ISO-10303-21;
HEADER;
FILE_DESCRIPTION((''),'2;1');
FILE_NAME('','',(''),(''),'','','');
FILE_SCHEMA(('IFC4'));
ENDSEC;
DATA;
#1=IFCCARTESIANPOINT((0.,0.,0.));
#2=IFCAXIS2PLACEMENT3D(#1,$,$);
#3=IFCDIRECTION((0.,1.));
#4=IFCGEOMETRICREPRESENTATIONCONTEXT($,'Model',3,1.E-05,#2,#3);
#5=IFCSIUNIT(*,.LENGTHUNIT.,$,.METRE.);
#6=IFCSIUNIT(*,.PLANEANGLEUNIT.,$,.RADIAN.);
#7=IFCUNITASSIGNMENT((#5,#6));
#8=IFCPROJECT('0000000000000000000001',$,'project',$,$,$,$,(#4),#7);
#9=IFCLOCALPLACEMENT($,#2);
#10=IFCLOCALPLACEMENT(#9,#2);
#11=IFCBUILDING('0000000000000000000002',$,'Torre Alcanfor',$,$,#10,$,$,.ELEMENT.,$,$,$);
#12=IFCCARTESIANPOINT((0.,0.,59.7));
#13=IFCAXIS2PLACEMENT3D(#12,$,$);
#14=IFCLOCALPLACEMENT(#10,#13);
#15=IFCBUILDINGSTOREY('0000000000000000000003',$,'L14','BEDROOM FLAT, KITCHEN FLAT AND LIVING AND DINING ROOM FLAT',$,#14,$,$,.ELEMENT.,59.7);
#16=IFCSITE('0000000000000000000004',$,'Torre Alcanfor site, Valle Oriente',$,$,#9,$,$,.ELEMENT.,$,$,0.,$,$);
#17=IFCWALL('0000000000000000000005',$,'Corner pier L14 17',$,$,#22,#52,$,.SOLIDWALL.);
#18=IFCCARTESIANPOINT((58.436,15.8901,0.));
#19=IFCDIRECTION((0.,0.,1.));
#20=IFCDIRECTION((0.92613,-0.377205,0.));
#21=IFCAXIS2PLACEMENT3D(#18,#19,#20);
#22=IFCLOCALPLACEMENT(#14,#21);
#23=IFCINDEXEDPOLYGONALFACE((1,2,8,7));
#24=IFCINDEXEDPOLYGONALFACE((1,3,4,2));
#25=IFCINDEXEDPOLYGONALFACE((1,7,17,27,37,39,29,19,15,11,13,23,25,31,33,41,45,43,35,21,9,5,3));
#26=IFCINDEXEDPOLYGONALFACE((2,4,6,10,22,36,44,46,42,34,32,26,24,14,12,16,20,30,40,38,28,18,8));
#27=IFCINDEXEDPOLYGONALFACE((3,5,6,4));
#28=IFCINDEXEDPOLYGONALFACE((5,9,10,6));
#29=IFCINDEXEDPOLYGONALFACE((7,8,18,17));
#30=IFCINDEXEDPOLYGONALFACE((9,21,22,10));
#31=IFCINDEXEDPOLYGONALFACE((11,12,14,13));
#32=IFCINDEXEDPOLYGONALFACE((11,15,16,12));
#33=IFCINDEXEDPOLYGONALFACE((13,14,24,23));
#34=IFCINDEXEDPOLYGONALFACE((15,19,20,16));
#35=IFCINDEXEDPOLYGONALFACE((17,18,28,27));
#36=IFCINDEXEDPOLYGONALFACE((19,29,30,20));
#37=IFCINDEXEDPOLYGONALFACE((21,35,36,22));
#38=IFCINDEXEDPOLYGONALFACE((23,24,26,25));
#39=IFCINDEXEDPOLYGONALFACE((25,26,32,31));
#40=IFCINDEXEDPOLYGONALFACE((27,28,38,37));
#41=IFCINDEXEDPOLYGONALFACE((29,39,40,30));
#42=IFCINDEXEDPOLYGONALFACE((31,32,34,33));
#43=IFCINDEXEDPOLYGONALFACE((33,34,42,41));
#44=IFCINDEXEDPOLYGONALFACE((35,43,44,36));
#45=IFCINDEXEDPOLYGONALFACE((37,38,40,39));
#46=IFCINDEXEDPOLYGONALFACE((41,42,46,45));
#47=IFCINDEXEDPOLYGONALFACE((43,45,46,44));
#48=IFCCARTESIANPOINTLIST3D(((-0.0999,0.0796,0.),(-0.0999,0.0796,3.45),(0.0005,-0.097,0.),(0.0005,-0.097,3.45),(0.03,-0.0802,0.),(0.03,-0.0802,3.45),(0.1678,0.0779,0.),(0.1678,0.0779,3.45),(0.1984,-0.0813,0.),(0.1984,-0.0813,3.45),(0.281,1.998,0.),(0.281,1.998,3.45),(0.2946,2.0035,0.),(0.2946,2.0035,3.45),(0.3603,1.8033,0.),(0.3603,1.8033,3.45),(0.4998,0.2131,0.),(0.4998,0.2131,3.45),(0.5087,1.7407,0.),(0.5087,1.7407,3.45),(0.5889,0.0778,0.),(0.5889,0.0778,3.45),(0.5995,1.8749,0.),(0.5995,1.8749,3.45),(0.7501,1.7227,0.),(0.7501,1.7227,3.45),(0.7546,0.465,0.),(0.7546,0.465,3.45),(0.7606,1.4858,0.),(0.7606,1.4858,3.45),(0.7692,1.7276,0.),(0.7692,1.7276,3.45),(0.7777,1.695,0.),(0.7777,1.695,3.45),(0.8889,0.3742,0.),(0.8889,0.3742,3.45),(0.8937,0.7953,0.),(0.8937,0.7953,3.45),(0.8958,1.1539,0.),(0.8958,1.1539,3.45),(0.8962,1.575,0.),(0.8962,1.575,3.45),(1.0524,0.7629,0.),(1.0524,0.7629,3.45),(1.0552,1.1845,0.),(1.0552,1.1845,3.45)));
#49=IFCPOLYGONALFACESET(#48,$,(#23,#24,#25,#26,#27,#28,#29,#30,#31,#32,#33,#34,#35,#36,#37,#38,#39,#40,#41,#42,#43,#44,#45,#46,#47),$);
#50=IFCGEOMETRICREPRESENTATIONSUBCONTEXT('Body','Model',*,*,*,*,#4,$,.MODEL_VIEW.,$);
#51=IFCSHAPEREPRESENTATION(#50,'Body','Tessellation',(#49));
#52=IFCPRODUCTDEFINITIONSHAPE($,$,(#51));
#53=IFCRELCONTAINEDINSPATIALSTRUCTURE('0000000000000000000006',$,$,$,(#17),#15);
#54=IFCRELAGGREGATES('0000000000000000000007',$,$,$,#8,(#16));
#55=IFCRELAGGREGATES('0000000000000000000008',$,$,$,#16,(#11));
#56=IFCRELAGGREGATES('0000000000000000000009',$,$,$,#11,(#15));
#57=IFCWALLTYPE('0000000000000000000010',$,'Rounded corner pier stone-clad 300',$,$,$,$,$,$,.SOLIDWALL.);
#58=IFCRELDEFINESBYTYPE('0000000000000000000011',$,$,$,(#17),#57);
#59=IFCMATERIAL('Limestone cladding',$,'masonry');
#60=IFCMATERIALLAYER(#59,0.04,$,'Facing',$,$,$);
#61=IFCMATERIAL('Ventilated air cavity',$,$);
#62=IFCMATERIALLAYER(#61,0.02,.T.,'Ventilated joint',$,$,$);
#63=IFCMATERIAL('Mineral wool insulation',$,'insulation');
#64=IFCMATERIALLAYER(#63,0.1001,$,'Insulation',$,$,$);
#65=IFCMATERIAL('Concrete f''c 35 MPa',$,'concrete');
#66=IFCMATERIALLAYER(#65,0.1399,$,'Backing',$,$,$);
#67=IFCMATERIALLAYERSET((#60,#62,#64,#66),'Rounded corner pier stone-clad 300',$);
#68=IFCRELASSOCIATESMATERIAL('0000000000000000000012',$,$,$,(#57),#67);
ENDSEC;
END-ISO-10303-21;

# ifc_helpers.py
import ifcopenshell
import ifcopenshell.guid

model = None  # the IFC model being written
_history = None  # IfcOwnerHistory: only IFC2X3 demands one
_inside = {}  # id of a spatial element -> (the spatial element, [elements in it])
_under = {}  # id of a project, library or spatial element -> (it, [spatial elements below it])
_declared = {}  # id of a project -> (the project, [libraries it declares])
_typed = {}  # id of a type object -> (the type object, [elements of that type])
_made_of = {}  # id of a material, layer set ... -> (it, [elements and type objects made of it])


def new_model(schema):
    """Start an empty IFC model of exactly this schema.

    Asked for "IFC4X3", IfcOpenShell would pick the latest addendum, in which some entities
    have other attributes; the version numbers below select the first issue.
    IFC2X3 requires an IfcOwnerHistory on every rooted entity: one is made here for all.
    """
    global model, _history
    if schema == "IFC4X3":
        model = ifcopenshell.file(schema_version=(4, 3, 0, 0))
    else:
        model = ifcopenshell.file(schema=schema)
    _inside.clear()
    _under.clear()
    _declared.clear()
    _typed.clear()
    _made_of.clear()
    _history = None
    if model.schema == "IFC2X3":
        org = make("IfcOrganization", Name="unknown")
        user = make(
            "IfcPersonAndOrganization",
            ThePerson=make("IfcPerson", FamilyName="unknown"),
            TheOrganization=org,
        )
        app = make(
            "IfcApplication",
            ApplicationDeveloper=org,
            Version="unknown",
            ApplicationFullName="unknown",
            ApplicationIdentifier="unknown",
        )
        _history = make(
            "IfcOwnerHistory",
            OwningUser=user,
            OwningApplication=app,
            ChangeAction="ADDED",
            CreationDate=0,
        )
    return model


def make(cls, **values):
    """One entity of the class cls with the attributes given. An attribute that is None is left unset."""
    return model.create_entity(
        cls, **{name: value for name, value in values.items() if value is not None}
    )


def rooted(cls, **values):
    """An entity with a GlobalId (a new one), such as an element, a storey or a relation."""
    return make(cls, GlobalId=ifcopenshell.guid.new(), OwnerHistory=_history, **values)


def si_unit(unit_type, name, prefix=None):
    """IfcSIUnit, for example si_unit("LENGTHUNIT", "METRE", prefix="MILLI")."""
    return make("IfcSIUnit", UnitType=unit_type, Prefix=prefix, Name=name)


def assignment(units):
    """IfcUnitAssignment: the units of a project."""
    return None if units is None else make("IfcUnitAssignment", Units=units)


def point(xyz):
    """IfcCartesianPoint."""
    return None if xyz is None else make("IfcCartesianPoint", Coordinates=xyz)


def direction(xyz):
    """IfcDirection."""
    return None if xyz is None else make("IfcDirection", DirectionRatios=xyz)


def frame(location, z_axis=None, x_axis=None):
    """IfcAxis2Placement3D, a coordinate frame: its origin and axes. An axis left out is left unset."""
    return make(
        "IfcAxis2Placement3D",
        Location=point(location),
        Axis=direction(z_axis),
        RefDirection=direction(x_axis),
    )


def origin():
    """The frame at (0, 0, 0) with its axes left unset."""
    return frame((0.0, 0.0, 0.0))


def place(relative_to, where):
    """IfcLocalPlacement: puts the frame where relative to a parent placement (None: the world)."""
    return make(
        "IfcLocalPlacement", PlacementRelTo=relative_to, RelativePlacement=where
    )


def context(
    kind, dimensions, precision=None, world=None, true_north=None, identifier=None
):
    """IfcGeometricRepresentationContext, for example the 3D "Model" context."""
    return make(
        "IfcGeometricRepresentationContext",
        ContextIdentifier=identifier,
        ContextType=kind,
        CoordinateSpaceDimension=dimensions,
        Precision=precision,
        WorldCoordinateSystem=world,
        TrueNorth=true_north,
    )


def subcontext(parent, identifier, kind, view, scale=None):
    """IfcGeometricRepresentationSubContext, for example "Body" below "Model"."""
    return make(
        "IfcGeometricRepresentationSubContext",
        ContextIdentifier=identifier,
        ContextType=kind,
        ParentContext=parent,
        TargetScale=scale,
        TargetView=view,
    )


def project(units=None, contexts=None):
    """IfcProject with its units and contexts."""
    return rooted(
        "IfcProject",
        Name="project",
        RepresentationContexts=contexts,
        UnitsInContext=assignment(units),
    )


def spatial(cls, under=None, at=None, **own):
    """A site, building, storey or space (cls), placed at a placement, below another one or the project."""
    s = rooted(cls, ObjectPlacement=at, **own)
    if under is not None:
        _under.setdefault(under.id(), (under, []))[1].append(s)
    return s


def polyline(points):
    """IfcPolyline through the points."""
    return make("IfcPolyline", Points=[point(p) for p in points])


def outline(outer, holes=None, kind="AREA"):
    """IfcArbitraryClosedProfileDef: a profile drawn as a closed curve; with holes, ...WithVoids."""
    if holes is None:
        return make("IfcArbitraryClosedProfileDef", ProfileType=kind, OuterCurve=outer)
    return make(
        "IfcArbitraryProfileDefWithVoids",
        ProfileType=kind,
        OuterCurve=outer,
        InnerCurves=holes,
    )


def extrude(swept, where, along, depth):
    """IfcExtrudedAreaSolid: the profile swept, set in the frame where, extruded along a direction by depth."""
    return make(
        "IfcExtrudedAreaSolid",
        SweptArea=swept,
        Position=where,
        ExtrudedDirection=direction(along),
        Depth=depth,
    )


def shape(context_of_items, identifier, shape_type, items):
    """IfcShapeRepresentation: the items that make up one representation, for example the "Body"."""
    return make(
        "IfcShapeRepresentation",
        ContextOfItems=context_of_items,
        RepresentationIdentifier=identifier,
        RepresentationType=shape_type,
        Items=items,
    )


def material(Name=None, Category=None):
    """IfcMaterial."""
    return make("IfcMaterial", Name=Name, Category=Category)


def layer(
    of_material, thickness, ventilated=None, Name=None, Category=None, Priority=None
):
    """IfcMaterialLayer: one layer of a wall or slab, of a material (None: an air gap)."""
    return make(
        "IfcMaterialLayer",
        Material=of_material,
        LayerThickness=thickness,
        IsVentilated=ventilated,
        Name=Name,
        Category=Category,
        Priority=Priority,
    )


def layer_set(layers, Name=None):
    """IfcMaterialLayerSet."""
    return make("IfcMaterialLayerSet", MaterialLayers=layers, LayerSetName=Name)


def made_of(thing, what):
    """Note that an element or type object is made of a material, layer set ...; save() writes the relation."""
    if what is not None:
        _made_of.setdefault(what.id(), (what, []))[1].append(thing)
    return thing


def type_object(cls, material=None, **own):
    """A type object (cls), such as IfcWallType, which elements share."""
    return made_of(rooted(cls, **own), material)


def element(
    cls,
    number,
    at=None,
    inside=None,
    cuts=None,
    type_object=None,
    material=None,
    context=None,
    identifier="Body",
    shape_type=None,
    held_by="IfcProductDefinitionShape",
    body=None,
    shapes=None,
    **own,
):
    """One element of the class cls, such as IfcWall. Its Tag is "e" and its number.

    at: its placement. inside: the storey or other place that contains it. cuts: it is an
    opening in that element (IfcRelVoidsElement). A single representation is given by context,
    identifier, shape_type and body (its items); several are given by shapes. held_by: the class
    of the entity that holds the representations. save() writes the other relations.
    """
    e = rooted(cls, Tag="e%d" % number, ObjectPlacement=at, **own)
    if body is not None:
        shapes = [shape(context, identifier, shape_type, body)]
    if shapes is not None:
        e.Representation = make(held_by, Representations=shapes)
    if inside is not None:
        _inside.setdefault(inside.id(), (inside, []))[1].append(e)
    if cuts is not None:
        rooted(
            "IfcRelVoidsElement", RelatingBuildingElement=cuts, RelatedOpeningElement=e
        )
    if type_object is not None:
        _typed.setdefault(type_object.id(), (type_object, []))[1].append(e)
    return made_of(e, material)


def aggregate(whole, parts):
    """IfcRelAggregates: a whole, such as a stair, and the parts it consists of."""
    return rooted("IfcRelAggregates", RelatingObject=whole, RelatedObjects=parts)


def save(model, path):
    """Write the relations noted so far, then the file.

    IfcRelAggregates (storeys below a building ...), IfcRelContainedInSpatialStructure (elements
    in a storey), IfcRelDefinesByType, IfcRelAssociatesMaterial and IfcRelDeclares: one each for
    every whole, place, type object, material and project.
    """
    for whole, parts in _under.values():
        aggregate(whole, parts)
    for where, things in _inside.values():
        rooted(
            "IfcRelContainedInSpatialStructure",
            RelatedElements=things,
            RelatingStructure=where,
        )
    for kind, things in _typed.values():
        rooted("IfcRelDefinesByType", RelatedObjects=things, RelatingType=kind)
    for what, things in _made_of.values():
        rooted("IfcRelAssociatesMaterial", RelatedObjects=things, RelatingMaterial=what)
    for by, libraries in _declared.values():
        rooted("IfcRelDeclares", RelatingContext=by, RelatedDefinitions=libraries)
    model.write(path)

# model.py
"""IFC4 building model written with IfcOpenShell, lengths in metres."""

from ifc_helpers import new_model, si_unit, direction, frame, origin, place, context, subcontext, project, spatial, polyline, outline, extrude, material, layer, layer_set, type_object, element, save


model = new_model("IFC4")

# Units and contexts
model_context = context("Model", 3, precision=1e-05, world=origin(), true_north=direction((0.0, 1.0)))
body_context = subcontext(model_context, "Body", "Model", "MODEL_VIEW")
ifc_project = project(units=[si_unit("LENGTHUNIT", "METRE"), si_unit("PLANEANGLEUNIT", "RADIAN")], contexts=[model_context])

# Site, building, storey
site_placement = place(None, origin())
site = spatial("IfcSite", under=ifc_project, at=site_placement, Name="Torre Alcanfor site, Valle Oriente", CompositionType="ELEMENT", RefElevation=0.0)
building_placement = place(site_placement, origin())
building = spatial("IfcBuilding", under=site, at=building_placement, Name="Torre Alcanfor", CompositionType="ELEMENT")
storey_placement = place(building_placement, frame((0.0, 0.0, 59.7)))
storey = spatial("IfcBuildingStorey", under=building, at=storey_placement, Name="L14", Description="BEDROOM FLAT, KITCHEN FLAT AND LIVING AND DINING ROOM FLAT", CompositionType="ELEMENT", Elevation=59.7)

# Shared definitions
ifc_material_1 = material(Name="Limestone cladding", Category="masonry")
ifc_material_2 = material(Name="Ventilated air cavity")
ifc_material_3 = material(Name="Mineral wool insulation", Category="insulation")
ifc_material_4 = material(Name="Concrete f'c 35 MPa", Category="concrete")

# Wall
ifc_layer_1 = layer(ifc_material_1, 0.04, Name="Facing")
ifc_layer_2 = layer(ifc_material_2, 0.02, ventilated=True, Name="Ventilated joint")
ifc_layer_3 = layer(ifc_material_3, 0.1001, Name="Insulation")
ifc_layer_4 = layer(ifc_material_4, 0.1399, Name="Backing")
ifc_layer_set_1 = layer_set([ifc_layer_1, ifc_layer_2, ifc_layer_3, ifc_layer_4], Name="Rounded corner pier stone-clad 300")
wall_type_1 = type_object("IfcWallType", Name="Rounded corner pier stone-clad 300", PredefinedType="SOLIDWALL", material=ifc_layer_set_1)
wall_1_placement = place(storey_placement, frame((58.436, 15.8901, 0.0), z_axis=(0.0, 0.0, 1.0), x_axis=(0.92613, -0.377205, 0.0)))
element("IfcWall", 1, at=wall_1_placement, inside=storey, type_object=wall_type_1, Name="Corner pier L14 17", PredefinedType="SOLIDWALL", context=body_context, shape_type="SweptSolid", body=[
    extrude(outline(polyline([(0.7692, 1.7276), (0.7501, 1.7227), (0.5995, 1.8749), (0.2946, 2.0035), (0.281, 1.998), (0.3603, 1.8033), (0.5087, 1.7407), (0.7606, 1.4858), (0.8958, 1.1539), (0.8937, 0.7953), (0.7546, 0.465), (0.4998, 0.2131), (0.1678, 0.0779), (-0.0999, 0.0796), (0.0005, -0.097), (0.03, -0.0802), (0.1984, -0.0813), (0.5889, 0.0778), (0.8889, 0.3742), (1.0524, 0.7629), (1.0552, 1.1845), (0.8962, 1.575), (0.7777, 1.695), (0.7692, 1.7276)])), origin(), (0.0, 0.0, 1.0), 3.45),
])

save(model, "model.ifc")
